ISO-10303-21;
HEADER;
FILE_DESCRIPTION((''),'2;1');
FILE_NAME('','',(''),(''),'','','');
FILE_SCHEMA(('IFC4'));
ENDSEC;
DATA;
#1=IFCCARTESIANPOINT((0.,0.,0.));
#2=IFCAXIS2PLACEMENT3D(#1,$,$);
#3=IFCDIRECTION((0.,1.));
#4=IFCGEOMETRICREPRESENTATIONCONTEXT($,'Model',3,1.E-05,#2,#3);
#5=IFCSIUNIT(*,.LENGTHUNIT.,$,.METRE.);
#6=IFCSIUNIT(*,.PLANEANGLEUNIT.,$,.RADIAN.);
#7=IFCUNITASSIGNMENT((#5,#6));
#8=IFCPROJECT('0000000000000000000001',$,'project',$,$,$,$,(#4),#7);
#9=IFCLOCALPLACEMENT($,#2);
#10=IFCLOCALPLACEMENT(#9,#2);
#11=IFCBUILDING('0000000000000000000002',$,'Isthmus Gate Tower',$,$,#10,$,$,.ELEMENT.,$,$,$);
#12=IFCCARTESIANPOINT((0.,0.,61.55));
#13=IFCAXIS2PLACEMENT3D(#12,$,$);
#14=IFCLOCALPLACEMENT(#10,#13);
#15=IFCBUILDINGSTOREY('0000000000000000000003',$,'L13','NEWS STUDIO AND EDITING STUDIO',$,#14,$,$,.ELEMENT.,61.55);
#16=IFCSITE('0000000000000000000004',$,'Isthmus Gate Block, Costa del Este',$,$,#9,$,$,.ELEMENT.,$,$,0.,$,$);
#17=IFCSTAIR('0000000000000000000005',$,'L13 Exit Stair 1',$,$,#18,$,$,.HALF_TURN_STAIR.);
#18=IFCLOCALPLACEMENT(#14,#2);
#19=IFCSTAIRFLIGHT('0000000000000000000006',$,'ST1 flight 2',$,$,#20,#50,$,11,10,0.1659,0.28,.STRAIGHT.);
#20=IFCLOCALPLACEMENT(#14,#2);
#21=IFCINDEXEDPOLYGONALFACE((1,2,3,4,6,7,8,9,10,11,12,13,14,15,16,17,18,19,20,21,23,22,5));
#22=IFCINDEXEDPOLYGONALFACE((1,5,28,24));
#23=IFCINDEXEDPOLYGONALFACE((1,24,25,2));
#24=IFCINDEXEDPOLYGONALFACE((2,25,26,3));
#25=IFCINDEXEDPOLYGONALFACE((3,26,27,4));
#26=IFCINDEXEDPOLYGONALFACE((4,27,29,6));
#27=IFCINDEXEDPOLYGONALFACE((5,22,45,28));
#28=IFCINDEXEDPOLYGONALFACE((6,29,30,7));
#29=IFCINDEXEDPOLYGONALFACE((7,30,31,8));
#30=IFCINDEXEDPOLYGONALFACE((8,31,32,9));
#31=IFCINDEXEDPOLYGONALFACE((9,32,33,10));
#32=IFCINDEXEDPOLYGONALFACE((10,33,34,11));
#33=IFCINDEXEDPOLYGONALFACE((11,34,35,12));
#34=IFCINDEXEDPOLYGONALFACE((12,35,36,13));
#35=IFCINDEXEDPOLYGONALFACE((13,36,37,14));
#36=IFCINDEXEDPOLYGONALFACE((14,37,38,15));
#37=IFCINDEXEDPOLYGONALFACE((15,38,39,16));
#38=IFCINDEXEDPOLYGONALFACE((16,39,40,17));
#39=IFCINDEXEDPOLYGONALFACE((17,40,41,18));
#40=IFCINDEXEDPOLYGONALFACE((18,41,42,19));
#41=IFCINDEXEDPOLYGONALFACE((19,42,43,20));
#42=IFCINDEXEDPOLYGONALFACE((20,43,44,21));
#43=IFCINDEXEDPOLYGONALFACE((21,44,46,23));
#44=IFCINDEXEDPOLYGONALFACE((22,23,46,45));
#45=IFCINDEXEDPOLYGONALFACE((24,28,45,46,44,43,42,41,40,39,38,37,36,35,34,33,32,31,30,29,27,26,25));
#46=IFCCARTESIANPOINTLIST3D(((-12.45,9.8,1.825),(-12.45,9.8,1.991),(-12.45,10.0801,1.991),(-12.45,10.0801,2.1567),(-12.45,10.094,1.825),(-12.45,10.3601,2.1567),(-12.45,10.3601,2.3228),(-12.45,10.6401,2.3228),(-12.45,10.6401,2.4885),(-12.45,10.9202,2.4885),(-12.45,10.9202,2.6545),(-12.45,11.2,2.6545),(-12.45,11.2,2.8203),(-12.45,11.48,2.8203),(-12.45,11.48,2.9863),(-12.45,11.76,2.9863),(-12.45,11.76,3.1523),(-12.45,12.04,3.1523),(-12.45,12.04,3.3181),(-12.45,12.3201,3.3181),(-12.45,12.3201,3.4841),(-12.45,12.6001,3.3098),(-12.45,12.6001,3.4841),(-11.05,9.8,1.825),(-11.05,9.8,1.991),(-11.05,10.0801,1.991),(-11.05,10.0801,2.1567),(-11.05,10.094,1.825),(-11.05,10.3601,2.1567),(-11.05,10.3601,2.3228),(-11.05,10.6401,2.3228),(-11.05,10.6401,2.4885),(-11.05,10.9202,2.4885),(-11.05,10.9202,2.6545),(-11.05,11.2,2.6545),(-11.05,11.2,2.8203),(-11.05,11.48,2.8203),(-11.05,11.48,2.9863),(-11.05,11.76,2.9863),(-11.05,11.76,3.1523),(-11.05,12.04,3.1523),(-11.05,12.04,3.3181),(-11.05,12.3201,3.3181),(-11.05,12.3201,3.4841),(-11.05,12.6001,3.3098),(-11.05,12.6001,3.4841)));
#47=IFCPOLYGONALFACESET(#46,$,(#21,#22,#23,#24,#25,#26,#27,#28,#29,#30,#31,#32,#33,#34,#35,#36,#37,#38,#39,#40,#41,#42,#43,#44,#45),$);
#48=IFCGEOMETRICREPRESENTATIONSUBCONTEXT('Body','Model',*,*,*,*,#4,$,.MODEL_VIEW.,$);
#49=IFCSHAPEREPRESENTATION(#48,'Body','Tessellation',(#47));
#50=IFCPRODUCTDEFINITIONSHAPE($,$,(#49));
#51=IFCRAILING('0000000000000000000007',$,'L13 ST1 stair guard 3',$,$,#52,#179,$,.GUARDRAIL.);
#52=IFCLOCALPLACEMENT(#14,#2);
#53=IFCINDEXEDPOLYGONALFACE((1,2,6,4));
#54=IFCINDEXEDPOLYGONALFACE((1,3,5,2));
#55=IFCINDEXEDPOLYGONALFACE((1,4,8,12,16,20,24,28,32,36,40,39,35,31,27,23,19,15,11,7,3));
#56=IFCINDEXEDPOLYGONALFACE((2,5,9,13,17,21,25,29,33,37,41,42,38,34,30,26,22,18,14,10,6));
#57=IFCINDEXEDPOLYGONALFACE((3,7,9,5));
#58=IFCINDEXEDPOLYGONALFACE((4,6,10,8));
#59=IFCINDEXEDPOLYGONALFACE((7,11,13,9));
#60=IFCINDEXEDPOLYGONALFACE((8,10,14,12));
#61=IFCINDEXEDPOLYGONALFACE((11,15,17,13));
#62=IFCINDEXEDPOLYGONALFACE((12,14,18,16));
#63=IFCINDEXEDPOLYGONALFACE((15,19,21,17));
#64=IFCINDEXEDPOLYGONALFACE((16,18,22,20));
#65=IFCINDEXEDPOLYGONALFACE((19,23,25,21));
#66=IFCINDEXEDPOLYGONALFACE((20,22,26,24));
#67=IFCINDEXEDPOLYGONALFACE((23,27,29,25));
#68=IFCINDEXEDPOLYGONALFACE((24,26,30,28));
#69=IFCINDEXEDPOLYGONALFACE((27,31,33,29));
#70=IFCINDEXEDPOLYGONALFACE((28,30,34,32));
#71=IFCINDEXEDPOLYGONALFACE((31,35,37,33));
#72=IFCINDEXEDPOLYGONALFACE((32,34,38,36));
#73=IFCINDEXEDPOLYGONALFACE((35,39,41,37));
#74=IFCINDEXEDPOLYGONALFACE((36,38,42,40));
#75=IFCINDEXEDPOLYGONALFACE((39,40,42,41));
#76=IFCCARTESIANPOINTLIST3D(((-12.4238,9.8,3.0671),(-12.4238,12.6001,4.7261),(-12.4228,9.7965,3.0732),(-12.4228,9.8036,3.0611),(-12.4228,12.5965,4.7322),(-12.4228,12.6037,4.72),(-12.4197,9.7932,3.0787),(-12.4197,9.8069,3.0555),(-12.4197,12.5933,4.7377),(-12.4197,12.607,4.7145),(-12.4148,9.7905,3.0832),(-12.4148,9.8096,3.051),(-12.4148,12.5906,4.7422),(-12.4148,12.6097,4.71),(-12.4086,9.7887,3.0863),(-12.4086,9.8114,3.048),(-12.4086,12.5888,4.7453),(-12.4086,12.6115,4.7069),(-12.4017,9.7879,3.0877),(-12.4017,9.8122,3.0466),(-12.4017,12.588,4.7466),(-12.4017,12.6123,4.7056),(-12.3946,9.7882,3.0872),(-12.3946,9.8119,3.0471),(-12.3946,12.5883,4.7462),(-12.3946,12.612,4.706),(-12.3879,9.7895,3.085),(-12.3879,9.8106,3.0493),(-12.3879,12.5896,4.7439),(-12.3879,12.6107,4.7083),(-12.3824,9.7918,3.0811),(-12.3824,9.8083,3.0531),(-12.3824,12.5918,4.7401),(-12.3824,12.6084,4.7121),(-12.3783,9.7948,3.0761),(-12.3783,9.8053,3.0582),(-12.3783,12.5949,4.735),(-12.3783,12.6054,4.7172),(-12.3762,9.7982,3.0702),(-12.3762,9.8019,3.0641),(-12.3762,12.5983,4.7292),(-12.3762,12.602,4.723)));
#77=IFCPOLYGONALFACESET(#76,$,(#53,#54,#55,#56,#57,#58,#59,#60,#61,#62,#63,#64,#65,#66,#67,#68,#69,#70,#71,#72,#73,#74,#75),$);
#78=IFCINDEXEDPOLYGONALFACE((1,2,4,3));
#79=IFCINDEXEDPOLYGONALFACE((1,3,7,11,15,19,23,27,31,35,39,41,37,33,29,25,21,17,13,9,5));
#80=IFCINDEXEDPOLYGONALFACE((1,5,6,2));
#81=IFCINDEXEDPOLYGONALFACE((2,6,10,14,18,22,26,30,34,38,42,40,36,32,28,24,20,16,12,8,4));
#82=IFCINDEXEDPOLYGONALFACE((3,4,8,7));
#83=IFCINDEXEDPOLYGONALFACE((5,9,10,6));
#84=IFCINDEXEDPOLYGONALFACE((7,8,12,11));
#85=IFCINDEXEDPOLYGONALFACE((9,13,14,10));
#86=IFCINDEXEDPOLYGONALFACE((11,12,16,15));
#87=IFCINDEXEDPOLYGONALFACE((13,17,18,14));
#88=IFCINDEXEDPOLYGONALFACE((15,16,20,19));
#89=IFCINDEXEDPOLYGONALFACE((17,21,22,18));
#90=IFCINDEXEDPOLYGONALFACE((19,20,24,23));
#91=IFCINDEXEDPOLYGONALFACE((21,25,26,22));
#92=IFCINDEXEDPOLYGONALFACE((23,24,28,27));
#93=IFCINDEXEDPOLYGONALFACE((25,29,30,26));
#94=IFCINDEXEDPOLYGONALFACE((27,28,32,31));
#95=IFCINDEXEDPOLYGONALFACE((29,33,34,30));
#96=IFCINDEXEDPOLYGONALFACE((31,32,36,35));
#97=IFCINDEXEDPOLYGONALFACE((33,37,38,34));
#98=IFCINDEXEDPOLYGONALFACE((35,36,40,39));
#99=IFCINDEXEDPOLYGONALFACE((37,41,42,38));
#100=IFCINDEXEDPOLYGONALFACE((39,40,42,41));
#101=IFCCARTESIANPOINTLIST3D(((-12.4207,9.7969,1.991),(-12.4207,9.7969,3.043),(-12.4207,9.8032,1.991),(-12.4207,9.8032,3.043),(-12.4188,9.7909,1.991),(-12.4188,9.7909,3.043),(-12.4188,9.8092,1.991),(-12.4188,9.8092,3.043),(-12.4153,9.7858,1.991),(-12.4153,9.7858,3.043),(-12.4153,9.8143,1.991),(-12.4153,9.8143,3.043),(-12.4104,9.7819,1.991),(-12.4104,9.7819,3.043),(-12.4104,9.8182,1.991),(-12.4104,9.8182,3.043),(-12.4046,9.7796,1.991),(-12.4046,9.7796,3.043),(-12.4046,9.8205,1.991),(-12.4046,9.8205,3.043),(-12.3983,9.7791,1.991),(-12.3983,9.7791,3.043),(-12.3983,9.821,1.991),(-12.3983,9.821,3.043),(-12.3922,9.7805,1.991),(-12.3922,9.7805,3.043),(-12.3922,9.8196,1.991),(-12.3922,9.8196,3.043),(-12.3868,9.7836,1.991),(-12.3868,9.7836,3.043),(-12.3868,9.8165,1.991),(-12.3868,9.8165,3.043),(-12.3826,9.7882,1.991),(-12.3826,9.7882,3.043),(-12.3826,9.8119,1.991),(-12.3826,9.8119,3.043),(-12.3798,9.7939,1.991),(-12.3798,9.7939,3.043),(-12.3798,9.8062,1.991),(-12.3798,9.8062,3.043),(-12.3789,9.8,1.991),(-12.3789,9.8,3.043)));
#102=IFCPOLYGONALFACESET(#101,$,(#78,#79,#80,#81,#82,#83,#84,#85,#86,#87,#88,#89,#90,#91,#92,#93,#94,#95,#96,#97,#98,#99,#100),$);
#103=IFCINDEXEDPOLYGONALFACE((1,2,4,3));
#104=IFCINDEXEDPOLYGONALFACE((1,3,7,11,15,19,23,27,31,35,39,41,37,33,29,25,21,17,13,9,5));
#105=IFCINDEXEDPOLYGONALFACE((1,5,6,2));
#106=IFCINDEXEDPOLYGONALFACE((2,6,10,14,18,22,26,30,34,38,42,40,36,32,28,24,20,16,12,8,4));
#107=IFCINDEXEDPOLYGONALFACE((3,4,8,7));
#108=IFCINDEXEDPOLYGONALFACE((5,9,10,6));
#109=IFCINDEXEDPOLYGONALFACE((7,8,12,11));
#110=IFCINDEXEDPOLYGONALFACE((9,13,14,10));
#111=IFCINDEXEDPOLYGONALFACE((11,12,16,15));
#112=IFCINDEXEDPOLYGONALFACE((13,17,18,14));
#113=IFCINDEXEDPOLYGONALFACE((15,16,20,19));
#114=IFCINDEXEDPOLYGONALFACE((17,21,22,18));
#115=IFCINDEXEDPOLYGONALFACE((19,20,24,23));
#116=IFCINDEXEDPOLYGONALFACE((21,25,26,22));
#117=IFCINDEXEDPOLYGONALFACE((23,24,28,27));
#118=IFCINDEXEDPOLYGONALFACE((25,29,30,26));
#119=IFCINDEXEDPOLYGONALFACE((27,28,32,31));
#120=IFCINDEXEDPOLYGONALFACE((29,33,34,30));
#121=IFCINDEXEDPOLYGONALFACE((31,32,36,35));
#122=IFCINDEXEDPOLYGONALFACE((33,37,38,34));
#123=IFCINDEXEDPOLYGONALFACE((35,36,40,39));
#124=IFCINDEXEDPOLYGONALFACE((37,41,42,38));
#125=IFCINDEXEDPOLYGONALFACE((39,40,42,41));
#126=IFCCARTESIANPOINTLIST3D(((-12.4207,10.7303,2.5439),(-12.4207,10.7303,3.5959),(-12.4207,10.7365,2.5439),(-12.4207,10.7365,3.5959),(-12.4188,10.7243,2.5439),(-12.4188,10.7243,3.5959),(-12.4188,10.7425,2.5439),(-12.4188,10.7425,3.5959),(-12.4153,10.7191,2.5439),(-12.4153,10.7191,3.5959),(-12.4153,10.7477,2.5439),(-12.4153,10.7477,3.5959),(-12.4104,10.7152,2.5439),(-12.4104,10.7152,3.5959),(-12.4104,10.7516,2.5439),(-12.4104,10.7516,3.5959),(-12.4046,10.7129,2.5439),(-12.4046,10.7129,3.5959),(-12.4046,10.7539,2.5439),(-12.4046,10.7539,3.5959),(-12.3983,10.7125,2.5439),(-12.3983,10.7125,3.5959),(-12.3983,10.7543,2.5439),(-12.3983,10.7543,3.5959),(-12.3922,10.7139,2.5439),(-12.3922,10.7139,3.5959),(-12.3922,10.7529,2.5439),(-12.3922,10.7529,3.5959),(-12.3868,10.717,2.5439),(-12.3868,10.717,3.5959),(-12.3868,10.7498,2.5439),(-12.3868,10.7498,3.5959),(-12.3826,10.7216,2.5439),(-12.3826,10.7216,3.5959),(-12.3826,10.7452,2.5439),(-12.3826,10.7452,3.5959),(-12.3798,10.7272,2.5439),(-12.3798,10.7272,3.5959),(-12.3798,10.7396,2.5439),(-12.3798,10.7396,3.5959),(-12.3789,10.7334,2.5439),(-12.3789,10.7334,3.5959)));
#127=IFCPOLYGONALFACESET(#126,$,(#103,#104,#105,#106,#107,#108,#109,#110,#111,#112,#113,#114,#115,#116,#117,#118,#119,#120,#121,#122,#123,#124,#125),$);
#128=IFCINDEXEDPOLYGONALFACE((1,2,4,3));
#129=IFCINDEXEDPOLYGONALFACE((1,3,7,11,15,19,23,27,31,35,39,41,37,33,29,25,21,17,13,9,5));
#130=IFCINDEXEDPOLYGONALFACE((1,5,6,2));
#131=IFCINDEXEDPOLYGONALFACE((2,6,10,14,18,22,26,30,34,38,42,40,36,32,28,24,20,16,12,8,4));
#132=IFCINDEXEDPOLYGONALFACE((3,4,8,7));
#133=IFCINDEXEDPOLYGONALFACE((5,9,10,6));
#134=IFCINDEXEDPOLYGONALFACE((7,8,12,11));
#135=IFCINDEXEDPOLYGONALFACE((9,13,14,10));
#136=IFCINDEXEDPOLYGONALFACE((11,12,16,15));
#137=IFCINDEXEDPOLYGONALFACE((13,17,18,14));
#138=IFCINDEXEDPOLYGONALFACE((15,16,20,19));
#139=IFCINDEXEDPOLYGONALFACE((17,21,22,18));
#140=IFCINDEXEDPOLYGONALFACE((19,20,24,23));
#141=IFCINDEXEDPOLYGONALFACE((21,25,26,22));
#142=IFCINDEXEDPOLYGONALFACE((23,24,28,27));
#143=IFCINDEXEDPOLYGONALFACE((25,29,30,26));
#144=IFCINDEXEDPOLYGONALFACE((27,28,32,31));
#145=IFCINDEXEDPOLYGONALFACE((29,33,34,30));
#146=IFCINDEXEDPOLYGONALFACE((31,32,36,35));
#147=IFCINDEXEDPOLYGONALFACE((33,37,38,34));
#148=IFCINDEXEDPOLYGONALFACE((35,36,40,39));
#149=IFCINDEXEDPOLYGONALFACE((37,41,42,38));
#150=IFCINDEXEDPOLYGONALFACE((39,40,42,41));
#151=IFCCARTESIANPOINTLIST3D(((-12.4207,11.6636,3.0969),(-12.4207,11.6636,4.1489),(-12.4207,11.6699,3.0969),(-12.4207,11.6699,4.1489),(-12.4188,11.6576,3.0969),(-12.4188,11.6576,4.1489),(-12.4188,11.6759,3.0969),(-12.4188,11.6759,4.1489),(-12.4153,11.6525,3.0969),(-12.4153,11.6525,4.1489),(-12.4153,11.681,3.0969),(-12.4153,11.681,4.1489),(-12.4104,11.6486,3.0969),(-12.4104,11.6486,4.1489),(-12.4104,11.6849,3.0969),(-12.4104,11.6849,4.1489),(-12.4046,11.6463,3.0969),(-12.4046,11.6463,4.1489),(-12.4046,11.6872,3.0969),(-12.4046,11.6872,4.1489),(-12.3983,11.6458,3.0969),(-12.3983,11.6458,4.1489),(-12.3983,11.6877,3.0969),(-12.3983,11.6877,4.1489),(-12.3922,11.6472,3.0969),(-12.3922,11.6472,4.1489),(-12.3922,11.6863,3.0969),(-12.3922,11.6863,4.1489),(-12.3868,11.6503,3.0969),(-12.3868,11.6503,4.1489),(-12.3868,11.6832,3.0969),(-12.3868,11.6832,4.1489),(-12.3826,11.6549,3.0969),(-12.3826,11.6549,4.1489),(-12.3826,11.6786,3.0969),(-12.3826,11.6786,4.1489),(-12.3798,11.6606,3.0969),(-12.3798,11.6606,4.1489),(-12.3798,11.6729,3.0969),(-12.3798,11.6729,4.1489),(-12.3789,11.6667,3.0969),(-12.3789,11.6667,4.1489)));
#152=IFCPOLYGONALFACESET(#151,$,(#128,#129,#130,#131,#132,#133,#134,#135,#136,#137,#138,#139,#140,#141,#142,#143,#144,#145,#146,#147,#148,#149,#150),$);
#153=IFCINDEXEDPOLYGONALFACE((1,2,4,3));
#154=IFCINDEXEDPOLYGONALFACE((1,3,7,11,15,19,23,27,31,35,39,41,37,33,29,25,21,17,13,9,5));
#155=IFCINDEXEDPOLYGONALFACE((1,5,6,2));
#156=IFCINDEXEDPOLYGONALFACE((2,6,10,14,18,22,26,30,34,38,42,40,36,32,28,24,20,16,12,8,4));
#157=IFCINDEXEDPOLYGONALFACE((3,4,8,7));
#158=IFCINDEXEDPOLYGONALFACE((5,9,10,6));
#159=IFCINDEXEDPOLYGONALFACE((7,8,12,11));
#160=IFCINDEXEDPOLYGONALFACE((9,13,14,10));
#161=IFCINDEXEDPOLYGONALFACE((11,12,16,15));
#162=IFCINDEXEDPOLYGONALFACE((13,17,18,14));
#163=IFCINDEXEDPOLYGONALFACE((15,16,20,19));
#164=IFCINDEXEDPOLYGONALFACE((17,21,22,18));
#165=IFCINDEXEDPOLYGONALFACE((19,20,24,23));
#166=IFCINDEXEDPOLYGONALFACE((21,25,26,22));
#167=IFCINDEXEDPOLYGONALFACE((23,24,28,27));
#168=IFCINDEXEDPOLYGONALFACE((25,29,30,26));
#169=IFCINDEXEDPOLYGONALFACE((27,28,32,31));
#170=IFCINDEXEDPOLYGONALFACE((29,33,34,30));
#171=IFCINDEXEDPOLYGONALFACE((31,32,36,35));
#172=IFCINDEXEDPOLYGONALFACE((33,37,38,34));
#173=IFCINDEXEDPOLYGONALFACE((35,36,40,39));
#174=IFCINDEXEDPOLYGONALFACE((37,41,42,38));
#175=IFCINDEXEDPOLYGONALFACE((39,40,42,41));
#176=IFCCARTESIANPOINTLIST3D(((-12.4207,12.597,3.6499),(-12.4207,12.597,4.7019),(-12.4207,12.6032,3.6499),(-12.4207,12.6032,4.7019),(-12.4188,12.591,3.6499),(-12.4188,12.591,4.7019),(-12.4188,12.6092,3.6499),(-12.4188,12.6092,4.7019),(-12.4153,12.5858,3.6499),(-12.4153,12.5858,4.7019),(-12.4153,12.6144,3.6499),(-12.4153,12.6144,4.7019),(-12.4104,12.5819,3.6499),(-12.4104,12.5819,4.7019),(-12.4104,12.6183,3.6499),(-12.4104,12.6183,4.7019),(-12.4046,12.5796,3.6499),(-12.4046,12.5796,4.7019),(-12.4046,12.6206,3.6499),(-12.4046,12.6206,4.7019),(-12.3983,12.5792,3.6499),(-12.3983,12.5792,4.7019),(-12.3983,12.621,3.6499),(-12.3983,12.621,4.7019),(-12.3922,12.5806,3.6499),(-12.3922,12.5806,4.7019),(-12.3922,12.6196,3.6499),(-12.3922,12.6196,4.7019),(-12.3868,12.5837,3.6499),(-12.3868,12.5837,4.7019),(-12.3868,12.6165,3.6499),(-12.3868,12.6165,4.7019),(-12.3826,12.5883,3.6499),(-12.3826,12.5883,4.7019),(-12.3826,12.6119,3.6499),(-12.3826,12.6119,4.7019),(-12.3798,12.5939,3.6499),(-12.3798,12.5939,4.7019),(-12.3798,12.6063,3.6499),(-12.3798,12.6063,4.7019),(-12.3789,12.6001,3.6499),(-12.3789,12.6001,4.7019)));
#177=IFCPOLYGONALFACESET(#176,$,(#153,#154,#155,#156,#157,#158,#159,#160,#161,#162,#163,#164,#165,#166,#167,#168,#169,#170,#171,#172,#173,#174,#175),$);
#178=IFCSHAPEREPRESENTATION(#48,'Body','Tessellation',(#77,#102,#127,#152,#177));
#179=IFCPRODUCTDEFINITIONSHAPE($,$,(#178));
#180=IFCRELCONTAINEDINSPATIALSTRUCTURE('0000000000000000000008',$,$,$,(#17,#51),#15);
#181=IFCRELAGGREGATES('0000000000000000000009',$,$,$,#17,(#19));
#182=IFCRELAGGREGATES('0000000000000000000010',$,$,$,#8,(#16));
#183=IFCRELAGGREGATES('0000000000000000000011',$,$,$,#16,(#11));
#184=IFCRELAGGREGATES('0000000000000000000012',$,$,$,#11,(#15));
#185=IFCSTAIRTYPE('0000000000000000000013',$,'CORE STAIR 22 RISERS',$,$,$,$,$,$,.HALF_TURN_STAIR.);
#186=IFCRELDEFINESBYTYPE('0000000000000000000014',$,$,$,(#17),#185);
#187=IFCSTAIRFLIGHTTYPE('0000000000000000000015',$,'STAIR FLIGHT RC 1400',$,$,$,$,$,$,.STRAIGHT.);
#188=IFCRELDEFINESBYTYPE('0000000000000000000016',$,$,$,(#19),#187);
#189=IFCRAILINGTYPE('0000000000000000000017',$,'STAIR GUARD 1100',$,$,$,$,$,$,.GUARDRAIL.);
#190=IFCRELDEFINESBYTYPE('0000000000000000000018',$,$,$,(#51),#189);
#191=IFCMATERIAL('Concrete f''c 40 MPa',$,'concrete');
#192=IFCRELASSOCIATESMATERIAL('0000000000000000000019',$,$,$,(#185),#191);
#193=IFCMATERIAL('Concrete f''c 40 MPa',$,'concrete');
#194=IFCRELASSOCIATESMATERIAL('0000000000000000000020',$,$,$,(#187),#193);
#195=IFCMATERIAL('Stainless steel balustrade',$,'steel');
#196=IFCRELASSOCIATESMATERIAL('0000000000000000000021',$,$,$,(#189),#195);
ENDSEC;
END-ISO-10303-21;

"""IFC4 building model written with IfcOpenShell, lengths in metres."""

from ifc_helpers import new_model, si_unit, direction, frame, origin, origin_2d, place, context, subcontext, project, spatial, polyline, circle, outline, extrude, material, type_object, element, aggregate, save


model = new_model("IFC4")

# Units and contexts
model_context = context("Model", 3, precision=1e-05, world=origin(), true_north=direction((0.0, 1.0)))
body_context = subcontext(model_context, "Body", "Model", "MODEL_VIEW")
ifc_project = project(units=[si_unit("LENGTHUNIT", "METRE"), si_unit("PLANEANGLEUNIT", "RADIAN")], contexts=[model_context])

# Site, building, storey
site_placement = place(None, origin())
site = spatial("IfcSite", under=ifc_project, at=site_placement, Name="Isthmus Gate Block, Costa del Este", CompositionType="ELEMENT", RefElevation=0.0)
building_placement = place(site_placement, origin())
building = spatial("IfcBuilding", under=site, at=building_placement, Name="Isthmus Gate Tower", CompositionType="ELEMENT")
storey_placement = place(building_placement, frame((0.0, 0.0, 61.55)))
storey = spatial("IfcBuildingStorey", under=building, at=storey_placement, Name="L13", Description="NEWS STUDIO AND EDITING STUDIO", CompositionType="ELEMENT", Elevation=61.55)

# Stair, stair flight
ifc_material_1 = material(Name="Concrete f'c 40 MPa", Category="concrete")
stair_type = type_object("IfcStairType", Name="CORE STAIR 22 RISERS", PredefinedType="HALF_TURN_STAIR", material=ifc_material_1)
stair_placement = place(storey_placement, origin())
stair = element("IfcStair", 1, at=stair_placement, inside=storey, type_object=stair_type, Name="L13 Exit Stair 1", PredefinedType="HALF_TURN_STAIR")
ifc_material_2 = material(Name="Concrete f'c 40 MPa", Category="concrete")
stair_flight_type = type_object("IfcStairFlightType", Name="STAIR FLIGHT RC 1400", PredefinedType="STRAIGHT", material=ifc_material_2)
stair_flight_placement = place(storey_placement, frame((-11.75, 9.8, 1.825), z_axis=(0.0, 0.0, 1.0), x_axis=(0.0, 1.0, 0.0)))
stair_flight = element("IfcStairFlight", 2, at=stair_flight_placement, type_object=stair_flight_type, Name="ST1 flight 2", NumberOfRisers=11, NumberOfTreads=10, PredefinedType="STRAIGHT", RiserHeight=0.1659, TreadLength=0.28, context=body_context, shape_type="SweptSolid", body=[
    extrude(outline(polyline([(0.0, 0.0), (0.0, 0.166), (0.28, 0.166), (0.28, 0.3318), (0.5601, 0.3318), (0.5601, 0.4978), (0.8401, 0.4978), (0.8401, 0.6636), (1.1201, 0.6636), (1.1201, 0.8296), (1.3999, 0.8296), (1.3999, 0.9954), (1.6799, 0.9954), (1.6799, 1.1614), (1.96, 1.1614), (1.96, 1.3274), (2.24, 1.3274), (2.24, 1.4932), (2.52, 1.4932), (2.52, 1.6592), (2.8, 1.6592), (2.8, 1.825), (2.8, 1.4849), (0.2939, 0.0), (0.0, 0.0)])), frame((0.0, 0.7, 0.0), z_axis=(0.0, -1.0, 0.0), x_axis=(1.0, 0.0, 0.0)), (0.0, 0.0, 1.0), 1.3999),
])
aggregate(stair, [stair_flight])

# Railing
ifc_material_3 = material(Name="Stainless steel balustrade", Category="steel")
railing_type_1 = type_object("IfcRailingType", Name="STAIR GUARD 1100", PredefinedType="GUARDRAIL", material=ifc_material_3)
railing_1_placement = place(storey_placement, frame((-12.3999, 9.8, 1.991)))
element("IfcRailing", 3, at=railing_1_placement, inside=storey, type_object=railing_type_1, Name="L13 ST1 stair guard 3", PredefinedType="GUARDRAIL", context=body_context, shape_type="SweptSolid", body=[
    extrude(circle(Radius=0.0239, at=origin_2d()), frame((0.0, 0.0, 1.0762), z_axis=(0.0, 0.860339, 0.509722), x_axis=(-1.0, 0.0, 0.0)), (0.0, 0.0, 1.0), 3.2546),
    extrude(circle(Radius=0.021, at=origin_2d()), origin(), (0.0, 0.0, 1.0), 1.052),
    extrude(circle(Radius=0.021, at=origin_2d()), frame((0.0, 0.9333, 0.553)), (0.0, 0.0, 1.0), 1.052),
    extrude(circle(Radius=0.021, at=origin_2d()), frame((0.0, 1.8667, 1.106)), (0.0, 0.0, 1.0), 1.052),
    extrude(circle(Radius=0.021, at=origin_2d()), frame((0.0, 2.8, 1.6589)), (0.0, 0.0, 1.0), 1.052),
])

save(model, "model.ifc")
